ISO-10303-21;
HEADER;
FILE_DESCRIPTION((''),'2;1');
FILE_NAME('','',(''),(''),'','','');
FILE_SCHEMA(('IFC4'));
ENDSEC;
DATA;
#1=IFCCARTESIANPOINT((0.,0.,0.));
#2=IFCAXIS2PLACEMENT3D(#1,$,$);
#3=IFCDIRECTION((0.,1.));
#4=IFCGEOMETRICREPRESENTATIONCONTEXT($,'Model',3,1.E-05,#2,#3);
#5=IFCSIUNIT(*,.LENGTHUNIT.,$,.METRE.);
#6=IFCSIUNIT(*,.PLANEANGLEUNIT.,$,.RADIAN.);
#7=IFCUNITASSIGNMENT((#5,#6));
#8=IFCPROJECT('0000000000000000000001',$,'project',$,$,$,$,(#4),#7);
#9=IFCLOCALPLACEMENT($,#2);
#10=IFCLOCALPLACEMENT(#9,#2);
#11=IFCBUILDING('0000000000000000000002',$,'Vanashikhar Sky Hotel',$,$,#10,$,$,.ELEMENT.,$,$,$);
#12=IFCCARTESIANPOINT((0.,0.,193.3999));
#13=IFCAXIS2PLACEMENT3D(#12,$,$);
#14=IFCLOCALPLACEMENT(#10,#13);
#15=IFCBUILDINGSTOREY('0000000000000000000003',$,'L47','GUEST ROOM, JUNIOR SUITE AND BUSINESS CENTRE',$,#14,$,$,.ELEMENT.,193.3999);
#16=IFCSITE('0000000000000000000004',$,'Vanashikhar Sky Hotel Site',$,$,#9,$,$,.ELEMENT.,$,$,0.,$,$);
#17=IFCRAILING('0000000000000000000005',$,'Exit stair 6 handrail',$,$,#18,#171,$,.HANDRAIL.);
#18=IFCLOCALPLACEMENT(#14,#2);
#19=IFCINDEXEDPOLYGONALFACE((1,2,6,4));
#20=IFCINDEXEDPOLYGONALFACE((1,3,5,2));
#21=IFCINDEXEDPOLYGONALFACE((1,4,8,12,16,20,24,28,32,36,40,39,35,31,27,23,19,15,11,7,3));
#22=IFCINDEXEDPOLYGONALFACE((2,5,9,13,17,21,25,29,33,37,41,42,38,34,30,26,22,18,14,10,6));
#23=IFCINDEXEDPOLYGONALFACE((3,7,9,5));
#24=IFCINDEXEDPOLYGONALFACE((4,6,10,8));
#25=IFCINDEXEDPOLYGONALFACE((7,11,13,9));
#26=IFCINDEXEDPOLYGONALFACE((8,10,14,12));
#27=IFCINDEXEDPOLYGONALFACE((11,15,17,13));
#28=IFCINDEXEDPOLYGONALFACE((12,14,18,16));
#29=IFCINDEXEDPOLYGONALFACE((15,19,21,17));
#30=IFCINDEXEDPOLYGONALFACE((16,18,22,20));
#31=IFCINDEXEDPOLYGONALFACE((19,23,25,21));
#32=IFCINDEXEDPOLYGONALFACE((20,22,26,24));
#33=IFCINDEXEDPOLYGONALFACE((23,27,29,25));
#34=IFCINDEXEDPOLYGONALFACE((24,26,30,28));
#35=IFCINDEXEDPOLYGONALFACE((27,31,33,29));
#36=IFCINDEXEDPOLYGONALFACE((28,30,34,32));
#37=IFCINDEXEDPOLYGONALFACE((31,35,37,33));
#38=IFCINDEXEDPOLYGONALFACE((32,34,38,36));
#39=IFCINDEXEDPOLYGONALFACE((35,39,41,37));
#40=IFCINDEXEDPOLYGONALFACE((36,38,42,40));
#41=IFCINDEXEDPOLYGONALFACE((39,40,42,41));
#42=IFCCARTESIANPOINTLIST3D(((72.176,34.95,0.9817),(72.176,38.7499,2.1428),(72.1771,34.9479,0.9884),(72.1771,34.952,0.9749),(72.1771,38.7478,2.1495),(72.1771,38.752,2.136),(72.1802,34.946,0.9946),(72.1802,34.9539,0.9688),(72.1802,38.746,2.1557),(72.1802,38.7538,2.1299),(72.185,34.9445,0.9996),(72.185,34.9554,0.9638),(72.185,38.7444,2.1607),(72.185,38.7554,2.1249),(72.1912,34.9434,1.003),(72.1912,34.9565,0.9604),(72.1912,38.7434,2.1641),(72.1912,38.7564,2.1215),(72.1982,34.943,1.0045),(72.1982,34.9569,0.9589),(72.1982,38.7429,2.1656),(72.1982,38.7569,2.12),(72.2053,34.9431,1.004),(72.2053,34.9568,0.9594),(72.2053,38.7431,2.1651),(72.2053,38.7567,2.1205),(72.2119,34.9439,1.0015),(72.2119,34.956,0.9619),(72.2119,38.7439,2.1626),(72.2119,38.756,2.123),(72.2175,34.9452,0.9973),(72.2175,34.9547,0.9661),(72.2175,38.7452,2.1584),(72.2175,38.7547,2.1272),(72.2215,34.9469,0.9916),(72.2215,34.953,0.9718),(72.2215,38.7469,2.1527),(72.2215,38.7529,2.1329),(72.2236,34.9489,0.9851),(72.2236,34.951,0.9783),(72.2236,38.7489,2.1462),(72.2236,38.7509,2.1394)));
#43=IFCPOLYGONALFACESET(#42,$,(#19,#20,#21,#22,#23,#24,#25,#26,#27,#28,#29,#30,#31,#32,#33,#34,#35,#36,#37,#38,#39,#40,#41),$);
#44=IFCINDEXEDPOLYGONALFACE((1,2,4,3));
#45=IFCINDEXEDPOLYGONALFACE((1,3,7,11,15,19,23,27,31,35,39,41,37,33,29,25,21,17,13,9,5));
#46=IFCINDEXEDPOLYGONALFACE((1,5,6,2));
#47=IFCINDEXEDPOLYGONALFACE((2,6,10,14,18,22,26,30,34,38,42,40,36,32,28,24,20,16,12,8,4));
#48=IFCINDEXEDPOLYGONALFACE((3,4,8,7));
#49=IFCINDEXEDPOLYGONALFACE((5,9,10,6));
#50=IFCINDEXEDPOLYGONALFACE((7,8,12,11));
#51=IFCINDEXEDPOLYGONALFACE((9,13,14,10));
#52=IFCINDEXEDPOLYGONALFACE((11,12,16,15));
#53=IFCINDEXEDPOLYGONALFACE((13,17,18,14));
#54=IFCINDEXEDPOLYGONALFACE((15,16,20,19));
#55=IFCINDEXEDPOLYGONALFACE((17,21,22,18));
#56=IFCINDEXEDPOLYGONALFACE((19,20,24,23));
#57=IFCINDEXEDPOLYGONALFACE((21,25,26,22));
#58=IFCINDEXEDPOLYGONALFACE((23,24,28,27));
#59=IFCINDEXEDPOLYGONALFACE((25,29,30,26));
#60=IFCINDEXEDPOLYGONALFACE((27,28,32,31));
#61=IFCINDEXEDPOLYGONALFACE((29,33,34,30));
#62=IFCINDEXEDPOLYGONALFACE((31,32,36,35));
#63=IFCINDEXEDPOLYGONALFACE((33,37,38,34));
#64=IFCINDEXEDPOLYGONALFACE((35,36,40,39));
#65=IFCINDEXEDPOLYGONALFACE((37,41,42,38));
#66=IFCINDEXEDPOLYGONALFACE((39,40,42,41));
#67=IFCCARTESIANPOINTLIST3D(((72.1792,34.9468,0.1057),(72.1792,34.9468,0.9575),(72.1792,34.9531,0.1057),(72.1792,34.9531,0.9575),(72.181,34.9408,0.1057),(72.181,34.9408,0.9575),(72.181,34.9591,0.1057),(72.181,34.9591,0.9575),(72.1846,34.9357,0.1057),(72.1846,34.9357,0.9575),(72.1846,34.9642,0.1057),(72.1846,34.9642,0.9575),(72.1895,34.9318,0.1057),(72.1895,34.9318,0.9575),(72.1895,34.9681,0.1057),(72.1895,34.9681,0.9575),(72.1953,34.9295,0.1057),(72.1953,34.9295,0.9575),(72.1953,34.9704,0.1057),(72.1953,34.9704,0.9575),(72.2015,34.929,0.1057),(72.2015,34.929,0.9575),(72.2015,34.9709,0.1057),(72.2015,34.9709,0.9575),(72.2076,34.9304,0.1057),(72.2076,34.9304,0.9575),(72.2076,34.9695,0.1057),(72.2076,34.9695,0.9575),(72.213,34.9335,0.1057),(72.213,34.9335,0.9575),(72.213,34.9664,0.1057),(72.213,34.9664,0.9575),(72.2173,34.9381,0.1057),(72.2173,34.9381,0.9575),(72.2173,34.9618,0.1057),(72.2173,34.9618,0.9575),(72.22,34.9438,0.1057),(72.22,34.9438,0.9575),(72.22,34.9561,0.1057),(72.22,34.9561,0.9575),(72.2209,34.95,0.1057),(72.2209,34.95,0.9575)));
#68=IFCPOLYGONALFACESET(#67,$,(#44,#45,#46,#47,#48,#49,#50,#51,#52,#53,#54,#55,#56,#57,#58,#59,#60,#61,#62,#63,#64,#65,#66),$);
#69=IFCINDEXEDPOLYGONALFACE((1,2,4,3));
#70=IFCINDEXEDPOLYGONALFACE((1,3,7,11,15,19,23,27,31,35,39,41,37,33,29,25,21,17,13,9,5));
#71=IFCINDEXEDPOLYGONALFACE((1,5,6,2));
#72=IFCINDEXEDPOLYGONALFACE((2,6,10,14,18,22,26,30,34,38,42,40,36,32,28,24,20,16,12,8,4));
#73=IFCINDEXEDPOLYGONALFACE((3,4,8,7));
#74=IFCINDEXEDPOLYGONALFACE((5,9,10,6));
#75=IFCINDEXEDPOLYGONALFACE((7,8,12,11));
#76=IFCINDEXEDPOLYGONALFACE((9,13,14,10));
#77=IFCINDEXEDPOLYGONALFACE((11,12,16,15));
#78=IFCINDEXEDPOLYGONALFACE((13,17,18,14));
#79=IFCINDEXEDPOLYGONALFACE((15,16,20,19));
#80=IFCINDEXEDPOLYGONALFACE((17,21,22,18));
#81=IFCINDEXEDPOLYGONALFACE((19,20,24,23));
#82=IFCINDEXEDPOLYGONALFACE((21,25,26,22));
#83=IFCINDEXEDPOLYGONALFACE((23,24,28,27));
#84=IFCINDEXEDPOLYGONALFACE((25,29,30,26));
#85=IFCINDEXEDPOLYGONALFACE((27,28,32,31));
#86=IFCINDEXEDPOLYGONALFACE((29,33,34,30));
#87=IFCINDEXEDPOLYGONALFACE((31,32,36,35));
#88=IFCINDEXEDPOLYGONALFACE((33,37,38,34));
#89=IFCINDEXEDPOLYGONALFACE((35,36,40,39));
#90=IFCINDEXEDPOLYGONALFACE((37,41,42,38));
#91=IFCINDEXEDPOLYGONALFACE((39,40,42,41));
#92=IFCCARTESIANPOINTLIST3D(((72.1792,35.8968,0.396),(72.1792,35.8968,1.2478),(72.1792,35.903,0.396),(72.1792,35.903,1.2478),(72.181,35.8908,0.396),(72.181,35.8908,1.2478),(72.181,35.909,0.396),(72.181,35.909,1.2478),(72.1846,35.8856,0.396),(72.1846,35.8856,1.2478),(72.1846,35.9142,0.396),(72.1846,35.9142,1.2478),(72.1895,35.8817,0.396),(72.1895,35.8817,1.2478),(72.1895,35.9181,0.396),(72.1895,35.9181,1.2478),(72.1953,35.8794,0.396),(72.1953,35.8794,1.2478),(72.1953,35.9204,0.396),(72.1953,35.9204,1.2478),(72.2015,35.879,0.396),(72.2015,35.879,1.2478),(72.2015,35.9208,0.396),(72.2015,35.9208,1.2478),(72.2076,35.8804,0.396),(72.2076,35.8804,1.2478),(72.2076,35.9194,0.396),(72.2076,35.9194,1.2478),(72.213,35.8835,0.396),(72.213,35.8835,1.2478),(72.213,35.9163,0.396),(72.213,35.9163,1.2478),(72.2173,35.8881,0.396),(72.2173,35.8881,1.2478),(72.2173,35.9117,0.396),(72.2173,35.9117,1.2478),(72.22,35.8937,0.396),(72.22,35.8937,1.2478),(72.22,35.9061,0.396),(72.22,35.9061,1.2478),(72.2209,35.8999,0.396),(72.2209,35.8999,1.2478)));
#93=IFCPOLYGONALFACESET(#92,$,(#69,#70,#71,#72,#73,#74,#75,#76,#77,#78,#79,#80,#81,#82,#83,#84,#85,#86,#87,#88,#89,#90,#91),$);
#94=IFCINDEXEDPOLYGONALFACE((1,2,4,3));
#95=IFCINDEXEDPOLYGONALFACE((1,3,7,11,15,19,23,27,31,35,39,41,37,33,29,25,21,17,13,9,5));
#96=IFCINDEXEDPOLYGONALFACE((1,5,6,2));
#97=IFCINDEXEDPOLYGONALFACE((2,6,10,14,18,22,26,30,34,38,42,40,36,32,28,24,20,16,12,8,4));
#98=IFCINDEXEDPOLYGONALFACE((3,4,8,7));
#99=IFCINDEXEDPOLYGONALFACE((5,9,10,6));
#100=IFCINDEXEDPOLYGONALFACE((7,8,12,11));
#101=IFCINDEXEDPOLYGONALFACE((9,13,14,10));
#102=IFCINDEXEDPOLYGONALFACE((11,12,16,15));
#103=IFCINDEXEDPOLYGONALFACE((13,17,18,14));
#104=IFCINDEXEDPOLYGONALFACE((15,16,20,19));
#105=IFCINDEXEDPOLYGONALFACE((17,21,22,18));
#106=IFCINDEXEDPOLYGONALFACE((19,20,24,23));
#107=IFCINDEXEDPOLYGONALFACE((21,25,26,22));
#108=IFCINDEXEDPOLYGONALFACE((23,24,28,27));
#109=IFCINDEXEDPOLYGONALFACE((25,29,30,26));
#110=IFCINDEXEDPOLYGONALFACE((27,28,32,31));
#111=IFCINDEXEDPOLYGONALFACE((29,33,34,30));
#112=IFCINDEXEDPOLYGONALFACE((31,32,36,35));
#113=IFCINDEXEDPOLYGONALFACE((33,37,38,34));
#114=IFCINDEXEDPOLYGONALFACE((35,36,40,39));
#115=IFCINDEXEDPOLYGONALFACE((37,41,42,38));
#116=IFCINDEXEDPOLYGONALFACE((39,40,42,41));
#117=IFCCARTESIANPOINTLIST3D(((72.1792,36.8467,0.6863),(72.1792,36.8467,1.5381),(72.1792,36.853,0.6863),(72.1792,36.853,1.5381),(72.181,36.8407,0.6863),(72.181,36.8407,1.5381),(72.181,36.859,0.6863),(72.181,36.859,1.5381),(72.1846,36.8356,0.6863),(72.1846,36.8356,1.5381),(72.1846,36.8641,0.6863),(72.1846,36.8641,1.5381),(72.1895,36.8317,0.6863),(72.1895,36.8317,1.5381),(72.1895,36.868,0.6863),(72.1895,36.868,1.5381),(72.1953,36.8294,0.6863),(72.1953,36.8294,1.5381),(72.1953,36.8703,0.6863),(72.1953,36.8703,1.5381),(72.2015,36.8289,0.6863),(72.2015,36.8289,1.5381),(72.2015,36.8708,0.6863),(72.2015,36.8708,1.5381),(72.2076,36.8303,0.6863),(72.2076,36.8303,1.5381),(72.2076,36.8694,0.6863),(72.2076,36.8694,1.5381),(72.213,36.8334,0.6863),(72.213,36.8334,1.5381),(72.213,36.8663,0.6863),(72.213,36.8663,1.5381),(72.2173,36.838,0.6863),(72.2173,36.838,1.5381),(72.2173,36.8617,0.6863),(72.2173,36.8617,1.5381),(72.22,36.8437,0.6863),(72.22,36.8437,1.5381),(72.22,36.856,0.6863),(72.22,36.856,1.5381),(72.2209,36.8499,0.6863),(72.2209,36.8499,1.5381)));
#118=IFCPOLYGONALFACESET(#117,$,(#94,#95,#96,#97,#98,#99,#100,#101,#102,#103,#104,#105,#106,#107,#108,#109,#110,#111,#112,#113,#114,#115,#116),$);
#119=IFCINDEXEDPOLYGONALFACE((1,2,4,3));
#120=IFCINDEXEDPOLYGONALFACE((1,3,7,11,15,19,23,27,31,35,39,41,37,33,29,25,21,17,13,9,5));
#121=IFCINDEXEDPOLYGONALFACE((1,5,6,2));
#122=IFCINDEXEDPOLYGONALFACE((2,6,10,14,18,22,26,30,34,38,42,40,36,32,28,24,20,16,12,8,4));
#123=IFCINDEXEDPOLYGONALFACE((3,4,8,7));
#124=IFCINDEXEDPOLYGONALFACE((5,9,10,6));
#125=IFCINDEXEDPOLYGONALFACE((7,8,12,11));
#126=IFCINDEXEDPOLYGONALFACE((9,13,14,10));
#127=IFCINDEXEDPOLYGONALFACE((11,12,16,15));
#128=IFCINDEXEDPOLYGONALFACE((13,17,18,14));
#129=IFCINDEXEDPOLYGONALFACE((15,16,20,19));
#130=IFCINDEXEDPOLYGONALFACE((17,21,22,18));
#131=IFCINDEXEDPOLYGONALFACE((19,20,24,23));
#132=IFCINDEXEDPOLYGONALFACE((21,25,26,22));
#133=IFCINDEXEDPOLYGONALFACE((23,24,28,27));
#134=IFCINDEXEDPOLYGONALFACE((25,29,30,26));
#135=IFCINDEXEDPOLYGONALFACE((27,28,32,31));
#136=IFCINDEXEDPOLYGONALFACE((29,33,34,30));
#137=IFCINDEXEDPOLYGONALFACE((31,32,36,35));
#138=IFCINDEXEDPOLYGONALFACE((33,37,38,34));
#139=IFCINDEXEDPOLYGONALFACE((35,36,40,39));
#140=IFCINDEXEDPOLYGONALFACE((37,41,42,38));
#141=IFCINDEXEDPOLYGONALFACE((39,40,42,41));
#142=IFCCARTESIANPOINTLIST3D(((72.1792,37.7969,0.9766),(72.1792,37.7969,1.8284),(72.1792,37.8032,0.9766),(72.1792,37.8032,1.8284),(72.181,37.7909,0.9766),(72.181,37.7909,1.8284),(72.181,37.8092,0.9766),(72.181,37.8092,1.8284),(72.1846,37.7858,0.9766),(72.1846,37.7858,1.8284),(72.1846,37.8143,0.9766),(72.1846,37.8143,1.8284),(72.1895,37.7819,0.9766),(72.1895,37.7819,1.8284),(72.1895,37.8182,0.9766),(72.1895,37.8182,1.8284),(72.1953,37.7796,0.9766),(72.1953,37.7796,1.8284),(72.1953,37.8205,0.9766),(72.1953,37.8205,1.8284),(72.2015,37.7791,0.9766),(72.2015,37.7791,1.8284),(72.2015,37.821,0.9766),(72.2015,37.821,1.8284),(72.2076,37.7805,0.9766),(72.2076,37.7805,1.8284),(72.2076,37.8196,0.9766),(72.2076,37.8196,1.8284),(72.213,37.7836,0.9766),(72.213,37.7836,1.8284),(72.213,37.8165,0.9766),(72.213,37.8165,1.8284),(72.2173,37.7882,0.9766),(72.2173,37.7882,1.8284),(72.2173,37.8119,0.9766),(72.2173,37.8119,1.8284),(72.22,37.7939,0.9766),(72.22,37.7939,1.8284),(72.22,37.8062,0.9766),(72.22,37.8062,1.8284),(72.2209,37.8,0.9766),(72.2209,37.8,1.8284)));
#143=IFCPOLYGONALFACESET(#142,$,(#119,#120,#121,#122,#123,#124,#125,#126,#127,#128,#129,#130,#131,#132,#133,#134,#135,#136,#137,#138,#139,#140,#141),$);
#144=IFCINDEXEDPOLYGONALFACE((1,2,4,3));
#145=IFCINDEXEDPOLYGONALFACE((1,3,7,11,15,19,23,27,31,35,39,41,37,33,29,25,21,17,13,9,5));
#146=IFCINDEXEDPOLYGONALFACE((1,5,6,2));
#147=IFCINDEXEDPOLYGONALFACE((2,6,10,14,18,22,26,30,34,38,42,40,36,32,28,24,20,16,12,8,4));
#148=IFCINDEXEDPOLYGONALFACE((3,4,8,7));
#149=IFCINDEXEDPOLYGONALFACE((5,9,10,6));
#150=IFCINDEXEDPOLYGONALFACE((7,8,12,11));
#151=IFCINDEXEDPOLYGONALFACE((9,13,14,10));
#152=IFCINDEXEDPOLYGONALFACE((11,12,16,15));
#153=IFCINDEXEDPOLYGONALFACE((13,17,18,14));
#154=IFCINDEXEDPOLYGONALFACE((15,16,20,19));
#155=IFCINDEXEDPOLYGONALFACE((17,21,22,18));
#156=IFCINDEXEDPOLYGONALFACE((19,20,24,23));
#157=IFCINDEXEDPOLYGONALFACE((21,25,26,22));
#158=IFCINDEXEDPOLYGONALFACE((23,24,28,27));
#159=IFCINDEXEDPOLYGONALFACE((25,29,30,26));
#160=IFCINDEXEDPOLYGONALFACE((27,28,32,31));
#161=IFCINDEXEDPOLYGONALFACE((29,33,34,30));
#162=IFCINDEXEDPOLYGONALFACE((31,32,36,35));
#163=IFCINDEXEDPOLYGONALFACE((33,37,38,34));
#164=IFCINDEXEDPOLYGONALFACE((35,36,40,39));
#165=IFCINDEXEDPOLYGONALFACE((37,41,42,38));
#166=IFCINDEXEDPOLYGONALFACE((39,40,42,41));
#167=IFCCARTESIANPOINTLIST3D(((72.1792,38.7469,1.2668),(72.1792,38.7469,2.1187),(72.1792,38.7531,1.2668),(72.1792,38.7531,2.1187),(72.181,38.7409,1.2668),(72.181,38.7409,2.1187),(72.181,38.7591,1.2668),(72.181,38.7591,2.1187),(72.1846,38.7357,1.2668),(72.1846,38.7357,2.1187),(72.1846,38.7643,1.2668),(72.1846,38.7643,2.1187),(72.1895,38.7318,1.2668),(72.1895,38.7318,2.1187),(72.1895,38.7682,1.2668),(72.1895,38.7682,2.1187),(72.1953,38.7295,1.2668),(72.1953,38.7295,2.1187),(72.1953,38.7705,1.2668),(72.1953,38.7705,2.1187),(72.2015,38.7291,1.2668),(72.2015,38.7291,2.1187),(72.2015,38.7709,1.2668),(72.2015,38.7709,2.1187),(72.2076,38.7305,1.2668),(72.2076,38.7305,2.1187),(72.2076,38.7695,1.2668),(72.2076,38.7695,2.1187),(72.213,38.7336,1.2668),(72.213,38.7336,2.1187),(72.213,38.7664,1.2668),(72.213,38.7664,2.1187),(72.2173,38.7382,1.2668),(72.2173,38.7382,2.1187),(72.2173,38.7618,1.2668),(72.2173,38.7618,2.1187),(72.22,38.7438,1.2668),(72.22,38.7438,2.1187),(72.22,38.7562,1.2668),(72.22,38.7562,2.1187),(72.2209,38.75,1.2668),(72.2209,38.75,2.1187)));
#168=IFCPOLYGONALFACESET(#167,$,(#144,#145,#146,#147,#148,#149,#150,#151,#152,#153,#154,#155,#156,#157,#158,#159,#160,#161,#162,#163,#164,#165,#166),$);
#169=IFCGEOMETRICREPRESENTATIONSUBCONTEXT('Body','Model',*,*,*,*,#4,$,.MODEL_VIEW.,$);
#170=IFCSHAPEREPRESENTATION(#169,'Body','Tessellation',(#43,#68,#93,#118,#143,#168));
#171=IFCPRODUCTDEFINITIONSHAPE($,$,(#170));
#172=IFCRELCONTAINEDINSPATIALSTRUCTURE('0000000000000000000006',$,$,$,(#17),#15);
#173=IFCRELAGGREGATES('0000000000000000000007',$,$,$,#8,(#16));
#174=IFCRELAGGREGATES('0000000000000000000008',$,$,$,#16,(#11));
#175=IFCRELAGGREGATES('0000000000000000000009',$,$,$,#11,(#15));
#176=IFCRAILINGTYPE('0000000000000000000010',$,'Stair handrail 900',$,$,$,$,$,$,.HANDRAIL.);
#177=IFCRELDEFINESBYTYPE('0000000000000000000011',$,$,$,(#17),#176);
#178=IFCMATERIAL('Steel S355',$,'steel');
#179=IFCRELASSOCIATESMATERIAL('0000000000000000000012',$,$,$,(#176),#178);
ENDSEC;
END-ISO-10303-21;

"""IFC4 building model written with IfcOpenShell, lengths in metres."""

from ifc_helpers import new_model, si_unit, direction, frame, origin, origin_2d, place, context, subcontext, project, spatial, circle, extrude, source, transform, mapped, material, type_object, element, save


model = new_model("IFC4")

# Units and contexts
model_context = context("Model", 3, precision=1e-05, world=origin(), true_north=direction((0.0, 1.0)))
body_context = subcontext(model_context, "Body", "Model", "MODEL_VIEW")
ifc_project = project(units=[si_unit("LENGTHUNIT", "METRE"), si_unit("PLANEANGLEUNIT", "RADIAN")], contexts=[model_context])

# Site, building, storey
site_placement = place(None, origin())
site = spatial("IfcSite", under=ifc_project, at=site_placement, Name="Vanashikhar Sky Hotel Site", CompositionType="ELEMENT", RefElevation=0.0)
building_placement = place(site_placement, origin())
building = spatial("IfcBuilding", under=site, at=building_placement, Name="Vanashikhar Sky Hotel", CompositionType="ELEMENT")
storey_placement = place(building_placement, frame((0.0, 0.0, 193.3999)))
storey = spatial("IfcBuildingStorey", under=building, at=storey_placement, Name="L47", Description="GUEST ROOM, JUNIOR SUITE AND BUSINESS CENTRE", CompositionType="ELEMENT", Elevation=193.3999)

# Railing
ifc_material_1 = material(Name="Steel S355", Category="steel")
railing_type_1 = type_object("IfcRailingType", Name="Stair handrail 900", PredefinedType="HANDRAIL", material=ifc_material_1)
shared_shape_1 = source(origin(), body_context, "Body", "SweptSolid", [
    extrude(circle(Radius=0.0239, at=origin_2d()), frame((0.0, 0.0, 0.876), z_axis=(0.0, 0.956351, 0.29222), x_axis=(-1.0, 0.0, 0.0)), (0.0, 0.0, 1.0), 3.9734),
    extrude(circle(Radius=0.021, at=origin_2d()), origin(), (0.0, 0.0, 1.0), 0.8518),
    extrude(circle(Radius=0.021, at=origin_2d()), frame((0.0, 0.95, 0.2903)), (0.0, 0.0, 1.0), 0.8518),
    extrude(circle(Radius=0.021, at=origin_2d()), frame((0.0, 1.8999, 0.5806)), (0.0, 0.0, 1.0), 0.8518),
    extrude(circle(Radius=0.021, at=origin_2d()), frame((0.0, 2.8501, 0.8708)), (0.0, 0.0, 1.0), 0.8518),
    extrude(circle(Radius=0.021, at=origin_2d()), frame((0.0, 3.8, 1.1611)), (0.0, 0.0, 1.0), 0.8518),
])
for number, where, name in (
    (1, (72.2, 34.95, 0.1057), "Exit stair 6 handrail"),
):
    element("IfcRailing", number, at=place(storey_placement, frame(where)), inside=storey, type_object=railing_type_1, Name=name, PredefinedType="HANDRAIL", context=body_context, shape_type="MappedRepresentation", body=[
        mapped(shared_shape_1, transform((0.0, 0.0, 0.0), scale=1.0)),
    ])

save(model, "model.ifc")
